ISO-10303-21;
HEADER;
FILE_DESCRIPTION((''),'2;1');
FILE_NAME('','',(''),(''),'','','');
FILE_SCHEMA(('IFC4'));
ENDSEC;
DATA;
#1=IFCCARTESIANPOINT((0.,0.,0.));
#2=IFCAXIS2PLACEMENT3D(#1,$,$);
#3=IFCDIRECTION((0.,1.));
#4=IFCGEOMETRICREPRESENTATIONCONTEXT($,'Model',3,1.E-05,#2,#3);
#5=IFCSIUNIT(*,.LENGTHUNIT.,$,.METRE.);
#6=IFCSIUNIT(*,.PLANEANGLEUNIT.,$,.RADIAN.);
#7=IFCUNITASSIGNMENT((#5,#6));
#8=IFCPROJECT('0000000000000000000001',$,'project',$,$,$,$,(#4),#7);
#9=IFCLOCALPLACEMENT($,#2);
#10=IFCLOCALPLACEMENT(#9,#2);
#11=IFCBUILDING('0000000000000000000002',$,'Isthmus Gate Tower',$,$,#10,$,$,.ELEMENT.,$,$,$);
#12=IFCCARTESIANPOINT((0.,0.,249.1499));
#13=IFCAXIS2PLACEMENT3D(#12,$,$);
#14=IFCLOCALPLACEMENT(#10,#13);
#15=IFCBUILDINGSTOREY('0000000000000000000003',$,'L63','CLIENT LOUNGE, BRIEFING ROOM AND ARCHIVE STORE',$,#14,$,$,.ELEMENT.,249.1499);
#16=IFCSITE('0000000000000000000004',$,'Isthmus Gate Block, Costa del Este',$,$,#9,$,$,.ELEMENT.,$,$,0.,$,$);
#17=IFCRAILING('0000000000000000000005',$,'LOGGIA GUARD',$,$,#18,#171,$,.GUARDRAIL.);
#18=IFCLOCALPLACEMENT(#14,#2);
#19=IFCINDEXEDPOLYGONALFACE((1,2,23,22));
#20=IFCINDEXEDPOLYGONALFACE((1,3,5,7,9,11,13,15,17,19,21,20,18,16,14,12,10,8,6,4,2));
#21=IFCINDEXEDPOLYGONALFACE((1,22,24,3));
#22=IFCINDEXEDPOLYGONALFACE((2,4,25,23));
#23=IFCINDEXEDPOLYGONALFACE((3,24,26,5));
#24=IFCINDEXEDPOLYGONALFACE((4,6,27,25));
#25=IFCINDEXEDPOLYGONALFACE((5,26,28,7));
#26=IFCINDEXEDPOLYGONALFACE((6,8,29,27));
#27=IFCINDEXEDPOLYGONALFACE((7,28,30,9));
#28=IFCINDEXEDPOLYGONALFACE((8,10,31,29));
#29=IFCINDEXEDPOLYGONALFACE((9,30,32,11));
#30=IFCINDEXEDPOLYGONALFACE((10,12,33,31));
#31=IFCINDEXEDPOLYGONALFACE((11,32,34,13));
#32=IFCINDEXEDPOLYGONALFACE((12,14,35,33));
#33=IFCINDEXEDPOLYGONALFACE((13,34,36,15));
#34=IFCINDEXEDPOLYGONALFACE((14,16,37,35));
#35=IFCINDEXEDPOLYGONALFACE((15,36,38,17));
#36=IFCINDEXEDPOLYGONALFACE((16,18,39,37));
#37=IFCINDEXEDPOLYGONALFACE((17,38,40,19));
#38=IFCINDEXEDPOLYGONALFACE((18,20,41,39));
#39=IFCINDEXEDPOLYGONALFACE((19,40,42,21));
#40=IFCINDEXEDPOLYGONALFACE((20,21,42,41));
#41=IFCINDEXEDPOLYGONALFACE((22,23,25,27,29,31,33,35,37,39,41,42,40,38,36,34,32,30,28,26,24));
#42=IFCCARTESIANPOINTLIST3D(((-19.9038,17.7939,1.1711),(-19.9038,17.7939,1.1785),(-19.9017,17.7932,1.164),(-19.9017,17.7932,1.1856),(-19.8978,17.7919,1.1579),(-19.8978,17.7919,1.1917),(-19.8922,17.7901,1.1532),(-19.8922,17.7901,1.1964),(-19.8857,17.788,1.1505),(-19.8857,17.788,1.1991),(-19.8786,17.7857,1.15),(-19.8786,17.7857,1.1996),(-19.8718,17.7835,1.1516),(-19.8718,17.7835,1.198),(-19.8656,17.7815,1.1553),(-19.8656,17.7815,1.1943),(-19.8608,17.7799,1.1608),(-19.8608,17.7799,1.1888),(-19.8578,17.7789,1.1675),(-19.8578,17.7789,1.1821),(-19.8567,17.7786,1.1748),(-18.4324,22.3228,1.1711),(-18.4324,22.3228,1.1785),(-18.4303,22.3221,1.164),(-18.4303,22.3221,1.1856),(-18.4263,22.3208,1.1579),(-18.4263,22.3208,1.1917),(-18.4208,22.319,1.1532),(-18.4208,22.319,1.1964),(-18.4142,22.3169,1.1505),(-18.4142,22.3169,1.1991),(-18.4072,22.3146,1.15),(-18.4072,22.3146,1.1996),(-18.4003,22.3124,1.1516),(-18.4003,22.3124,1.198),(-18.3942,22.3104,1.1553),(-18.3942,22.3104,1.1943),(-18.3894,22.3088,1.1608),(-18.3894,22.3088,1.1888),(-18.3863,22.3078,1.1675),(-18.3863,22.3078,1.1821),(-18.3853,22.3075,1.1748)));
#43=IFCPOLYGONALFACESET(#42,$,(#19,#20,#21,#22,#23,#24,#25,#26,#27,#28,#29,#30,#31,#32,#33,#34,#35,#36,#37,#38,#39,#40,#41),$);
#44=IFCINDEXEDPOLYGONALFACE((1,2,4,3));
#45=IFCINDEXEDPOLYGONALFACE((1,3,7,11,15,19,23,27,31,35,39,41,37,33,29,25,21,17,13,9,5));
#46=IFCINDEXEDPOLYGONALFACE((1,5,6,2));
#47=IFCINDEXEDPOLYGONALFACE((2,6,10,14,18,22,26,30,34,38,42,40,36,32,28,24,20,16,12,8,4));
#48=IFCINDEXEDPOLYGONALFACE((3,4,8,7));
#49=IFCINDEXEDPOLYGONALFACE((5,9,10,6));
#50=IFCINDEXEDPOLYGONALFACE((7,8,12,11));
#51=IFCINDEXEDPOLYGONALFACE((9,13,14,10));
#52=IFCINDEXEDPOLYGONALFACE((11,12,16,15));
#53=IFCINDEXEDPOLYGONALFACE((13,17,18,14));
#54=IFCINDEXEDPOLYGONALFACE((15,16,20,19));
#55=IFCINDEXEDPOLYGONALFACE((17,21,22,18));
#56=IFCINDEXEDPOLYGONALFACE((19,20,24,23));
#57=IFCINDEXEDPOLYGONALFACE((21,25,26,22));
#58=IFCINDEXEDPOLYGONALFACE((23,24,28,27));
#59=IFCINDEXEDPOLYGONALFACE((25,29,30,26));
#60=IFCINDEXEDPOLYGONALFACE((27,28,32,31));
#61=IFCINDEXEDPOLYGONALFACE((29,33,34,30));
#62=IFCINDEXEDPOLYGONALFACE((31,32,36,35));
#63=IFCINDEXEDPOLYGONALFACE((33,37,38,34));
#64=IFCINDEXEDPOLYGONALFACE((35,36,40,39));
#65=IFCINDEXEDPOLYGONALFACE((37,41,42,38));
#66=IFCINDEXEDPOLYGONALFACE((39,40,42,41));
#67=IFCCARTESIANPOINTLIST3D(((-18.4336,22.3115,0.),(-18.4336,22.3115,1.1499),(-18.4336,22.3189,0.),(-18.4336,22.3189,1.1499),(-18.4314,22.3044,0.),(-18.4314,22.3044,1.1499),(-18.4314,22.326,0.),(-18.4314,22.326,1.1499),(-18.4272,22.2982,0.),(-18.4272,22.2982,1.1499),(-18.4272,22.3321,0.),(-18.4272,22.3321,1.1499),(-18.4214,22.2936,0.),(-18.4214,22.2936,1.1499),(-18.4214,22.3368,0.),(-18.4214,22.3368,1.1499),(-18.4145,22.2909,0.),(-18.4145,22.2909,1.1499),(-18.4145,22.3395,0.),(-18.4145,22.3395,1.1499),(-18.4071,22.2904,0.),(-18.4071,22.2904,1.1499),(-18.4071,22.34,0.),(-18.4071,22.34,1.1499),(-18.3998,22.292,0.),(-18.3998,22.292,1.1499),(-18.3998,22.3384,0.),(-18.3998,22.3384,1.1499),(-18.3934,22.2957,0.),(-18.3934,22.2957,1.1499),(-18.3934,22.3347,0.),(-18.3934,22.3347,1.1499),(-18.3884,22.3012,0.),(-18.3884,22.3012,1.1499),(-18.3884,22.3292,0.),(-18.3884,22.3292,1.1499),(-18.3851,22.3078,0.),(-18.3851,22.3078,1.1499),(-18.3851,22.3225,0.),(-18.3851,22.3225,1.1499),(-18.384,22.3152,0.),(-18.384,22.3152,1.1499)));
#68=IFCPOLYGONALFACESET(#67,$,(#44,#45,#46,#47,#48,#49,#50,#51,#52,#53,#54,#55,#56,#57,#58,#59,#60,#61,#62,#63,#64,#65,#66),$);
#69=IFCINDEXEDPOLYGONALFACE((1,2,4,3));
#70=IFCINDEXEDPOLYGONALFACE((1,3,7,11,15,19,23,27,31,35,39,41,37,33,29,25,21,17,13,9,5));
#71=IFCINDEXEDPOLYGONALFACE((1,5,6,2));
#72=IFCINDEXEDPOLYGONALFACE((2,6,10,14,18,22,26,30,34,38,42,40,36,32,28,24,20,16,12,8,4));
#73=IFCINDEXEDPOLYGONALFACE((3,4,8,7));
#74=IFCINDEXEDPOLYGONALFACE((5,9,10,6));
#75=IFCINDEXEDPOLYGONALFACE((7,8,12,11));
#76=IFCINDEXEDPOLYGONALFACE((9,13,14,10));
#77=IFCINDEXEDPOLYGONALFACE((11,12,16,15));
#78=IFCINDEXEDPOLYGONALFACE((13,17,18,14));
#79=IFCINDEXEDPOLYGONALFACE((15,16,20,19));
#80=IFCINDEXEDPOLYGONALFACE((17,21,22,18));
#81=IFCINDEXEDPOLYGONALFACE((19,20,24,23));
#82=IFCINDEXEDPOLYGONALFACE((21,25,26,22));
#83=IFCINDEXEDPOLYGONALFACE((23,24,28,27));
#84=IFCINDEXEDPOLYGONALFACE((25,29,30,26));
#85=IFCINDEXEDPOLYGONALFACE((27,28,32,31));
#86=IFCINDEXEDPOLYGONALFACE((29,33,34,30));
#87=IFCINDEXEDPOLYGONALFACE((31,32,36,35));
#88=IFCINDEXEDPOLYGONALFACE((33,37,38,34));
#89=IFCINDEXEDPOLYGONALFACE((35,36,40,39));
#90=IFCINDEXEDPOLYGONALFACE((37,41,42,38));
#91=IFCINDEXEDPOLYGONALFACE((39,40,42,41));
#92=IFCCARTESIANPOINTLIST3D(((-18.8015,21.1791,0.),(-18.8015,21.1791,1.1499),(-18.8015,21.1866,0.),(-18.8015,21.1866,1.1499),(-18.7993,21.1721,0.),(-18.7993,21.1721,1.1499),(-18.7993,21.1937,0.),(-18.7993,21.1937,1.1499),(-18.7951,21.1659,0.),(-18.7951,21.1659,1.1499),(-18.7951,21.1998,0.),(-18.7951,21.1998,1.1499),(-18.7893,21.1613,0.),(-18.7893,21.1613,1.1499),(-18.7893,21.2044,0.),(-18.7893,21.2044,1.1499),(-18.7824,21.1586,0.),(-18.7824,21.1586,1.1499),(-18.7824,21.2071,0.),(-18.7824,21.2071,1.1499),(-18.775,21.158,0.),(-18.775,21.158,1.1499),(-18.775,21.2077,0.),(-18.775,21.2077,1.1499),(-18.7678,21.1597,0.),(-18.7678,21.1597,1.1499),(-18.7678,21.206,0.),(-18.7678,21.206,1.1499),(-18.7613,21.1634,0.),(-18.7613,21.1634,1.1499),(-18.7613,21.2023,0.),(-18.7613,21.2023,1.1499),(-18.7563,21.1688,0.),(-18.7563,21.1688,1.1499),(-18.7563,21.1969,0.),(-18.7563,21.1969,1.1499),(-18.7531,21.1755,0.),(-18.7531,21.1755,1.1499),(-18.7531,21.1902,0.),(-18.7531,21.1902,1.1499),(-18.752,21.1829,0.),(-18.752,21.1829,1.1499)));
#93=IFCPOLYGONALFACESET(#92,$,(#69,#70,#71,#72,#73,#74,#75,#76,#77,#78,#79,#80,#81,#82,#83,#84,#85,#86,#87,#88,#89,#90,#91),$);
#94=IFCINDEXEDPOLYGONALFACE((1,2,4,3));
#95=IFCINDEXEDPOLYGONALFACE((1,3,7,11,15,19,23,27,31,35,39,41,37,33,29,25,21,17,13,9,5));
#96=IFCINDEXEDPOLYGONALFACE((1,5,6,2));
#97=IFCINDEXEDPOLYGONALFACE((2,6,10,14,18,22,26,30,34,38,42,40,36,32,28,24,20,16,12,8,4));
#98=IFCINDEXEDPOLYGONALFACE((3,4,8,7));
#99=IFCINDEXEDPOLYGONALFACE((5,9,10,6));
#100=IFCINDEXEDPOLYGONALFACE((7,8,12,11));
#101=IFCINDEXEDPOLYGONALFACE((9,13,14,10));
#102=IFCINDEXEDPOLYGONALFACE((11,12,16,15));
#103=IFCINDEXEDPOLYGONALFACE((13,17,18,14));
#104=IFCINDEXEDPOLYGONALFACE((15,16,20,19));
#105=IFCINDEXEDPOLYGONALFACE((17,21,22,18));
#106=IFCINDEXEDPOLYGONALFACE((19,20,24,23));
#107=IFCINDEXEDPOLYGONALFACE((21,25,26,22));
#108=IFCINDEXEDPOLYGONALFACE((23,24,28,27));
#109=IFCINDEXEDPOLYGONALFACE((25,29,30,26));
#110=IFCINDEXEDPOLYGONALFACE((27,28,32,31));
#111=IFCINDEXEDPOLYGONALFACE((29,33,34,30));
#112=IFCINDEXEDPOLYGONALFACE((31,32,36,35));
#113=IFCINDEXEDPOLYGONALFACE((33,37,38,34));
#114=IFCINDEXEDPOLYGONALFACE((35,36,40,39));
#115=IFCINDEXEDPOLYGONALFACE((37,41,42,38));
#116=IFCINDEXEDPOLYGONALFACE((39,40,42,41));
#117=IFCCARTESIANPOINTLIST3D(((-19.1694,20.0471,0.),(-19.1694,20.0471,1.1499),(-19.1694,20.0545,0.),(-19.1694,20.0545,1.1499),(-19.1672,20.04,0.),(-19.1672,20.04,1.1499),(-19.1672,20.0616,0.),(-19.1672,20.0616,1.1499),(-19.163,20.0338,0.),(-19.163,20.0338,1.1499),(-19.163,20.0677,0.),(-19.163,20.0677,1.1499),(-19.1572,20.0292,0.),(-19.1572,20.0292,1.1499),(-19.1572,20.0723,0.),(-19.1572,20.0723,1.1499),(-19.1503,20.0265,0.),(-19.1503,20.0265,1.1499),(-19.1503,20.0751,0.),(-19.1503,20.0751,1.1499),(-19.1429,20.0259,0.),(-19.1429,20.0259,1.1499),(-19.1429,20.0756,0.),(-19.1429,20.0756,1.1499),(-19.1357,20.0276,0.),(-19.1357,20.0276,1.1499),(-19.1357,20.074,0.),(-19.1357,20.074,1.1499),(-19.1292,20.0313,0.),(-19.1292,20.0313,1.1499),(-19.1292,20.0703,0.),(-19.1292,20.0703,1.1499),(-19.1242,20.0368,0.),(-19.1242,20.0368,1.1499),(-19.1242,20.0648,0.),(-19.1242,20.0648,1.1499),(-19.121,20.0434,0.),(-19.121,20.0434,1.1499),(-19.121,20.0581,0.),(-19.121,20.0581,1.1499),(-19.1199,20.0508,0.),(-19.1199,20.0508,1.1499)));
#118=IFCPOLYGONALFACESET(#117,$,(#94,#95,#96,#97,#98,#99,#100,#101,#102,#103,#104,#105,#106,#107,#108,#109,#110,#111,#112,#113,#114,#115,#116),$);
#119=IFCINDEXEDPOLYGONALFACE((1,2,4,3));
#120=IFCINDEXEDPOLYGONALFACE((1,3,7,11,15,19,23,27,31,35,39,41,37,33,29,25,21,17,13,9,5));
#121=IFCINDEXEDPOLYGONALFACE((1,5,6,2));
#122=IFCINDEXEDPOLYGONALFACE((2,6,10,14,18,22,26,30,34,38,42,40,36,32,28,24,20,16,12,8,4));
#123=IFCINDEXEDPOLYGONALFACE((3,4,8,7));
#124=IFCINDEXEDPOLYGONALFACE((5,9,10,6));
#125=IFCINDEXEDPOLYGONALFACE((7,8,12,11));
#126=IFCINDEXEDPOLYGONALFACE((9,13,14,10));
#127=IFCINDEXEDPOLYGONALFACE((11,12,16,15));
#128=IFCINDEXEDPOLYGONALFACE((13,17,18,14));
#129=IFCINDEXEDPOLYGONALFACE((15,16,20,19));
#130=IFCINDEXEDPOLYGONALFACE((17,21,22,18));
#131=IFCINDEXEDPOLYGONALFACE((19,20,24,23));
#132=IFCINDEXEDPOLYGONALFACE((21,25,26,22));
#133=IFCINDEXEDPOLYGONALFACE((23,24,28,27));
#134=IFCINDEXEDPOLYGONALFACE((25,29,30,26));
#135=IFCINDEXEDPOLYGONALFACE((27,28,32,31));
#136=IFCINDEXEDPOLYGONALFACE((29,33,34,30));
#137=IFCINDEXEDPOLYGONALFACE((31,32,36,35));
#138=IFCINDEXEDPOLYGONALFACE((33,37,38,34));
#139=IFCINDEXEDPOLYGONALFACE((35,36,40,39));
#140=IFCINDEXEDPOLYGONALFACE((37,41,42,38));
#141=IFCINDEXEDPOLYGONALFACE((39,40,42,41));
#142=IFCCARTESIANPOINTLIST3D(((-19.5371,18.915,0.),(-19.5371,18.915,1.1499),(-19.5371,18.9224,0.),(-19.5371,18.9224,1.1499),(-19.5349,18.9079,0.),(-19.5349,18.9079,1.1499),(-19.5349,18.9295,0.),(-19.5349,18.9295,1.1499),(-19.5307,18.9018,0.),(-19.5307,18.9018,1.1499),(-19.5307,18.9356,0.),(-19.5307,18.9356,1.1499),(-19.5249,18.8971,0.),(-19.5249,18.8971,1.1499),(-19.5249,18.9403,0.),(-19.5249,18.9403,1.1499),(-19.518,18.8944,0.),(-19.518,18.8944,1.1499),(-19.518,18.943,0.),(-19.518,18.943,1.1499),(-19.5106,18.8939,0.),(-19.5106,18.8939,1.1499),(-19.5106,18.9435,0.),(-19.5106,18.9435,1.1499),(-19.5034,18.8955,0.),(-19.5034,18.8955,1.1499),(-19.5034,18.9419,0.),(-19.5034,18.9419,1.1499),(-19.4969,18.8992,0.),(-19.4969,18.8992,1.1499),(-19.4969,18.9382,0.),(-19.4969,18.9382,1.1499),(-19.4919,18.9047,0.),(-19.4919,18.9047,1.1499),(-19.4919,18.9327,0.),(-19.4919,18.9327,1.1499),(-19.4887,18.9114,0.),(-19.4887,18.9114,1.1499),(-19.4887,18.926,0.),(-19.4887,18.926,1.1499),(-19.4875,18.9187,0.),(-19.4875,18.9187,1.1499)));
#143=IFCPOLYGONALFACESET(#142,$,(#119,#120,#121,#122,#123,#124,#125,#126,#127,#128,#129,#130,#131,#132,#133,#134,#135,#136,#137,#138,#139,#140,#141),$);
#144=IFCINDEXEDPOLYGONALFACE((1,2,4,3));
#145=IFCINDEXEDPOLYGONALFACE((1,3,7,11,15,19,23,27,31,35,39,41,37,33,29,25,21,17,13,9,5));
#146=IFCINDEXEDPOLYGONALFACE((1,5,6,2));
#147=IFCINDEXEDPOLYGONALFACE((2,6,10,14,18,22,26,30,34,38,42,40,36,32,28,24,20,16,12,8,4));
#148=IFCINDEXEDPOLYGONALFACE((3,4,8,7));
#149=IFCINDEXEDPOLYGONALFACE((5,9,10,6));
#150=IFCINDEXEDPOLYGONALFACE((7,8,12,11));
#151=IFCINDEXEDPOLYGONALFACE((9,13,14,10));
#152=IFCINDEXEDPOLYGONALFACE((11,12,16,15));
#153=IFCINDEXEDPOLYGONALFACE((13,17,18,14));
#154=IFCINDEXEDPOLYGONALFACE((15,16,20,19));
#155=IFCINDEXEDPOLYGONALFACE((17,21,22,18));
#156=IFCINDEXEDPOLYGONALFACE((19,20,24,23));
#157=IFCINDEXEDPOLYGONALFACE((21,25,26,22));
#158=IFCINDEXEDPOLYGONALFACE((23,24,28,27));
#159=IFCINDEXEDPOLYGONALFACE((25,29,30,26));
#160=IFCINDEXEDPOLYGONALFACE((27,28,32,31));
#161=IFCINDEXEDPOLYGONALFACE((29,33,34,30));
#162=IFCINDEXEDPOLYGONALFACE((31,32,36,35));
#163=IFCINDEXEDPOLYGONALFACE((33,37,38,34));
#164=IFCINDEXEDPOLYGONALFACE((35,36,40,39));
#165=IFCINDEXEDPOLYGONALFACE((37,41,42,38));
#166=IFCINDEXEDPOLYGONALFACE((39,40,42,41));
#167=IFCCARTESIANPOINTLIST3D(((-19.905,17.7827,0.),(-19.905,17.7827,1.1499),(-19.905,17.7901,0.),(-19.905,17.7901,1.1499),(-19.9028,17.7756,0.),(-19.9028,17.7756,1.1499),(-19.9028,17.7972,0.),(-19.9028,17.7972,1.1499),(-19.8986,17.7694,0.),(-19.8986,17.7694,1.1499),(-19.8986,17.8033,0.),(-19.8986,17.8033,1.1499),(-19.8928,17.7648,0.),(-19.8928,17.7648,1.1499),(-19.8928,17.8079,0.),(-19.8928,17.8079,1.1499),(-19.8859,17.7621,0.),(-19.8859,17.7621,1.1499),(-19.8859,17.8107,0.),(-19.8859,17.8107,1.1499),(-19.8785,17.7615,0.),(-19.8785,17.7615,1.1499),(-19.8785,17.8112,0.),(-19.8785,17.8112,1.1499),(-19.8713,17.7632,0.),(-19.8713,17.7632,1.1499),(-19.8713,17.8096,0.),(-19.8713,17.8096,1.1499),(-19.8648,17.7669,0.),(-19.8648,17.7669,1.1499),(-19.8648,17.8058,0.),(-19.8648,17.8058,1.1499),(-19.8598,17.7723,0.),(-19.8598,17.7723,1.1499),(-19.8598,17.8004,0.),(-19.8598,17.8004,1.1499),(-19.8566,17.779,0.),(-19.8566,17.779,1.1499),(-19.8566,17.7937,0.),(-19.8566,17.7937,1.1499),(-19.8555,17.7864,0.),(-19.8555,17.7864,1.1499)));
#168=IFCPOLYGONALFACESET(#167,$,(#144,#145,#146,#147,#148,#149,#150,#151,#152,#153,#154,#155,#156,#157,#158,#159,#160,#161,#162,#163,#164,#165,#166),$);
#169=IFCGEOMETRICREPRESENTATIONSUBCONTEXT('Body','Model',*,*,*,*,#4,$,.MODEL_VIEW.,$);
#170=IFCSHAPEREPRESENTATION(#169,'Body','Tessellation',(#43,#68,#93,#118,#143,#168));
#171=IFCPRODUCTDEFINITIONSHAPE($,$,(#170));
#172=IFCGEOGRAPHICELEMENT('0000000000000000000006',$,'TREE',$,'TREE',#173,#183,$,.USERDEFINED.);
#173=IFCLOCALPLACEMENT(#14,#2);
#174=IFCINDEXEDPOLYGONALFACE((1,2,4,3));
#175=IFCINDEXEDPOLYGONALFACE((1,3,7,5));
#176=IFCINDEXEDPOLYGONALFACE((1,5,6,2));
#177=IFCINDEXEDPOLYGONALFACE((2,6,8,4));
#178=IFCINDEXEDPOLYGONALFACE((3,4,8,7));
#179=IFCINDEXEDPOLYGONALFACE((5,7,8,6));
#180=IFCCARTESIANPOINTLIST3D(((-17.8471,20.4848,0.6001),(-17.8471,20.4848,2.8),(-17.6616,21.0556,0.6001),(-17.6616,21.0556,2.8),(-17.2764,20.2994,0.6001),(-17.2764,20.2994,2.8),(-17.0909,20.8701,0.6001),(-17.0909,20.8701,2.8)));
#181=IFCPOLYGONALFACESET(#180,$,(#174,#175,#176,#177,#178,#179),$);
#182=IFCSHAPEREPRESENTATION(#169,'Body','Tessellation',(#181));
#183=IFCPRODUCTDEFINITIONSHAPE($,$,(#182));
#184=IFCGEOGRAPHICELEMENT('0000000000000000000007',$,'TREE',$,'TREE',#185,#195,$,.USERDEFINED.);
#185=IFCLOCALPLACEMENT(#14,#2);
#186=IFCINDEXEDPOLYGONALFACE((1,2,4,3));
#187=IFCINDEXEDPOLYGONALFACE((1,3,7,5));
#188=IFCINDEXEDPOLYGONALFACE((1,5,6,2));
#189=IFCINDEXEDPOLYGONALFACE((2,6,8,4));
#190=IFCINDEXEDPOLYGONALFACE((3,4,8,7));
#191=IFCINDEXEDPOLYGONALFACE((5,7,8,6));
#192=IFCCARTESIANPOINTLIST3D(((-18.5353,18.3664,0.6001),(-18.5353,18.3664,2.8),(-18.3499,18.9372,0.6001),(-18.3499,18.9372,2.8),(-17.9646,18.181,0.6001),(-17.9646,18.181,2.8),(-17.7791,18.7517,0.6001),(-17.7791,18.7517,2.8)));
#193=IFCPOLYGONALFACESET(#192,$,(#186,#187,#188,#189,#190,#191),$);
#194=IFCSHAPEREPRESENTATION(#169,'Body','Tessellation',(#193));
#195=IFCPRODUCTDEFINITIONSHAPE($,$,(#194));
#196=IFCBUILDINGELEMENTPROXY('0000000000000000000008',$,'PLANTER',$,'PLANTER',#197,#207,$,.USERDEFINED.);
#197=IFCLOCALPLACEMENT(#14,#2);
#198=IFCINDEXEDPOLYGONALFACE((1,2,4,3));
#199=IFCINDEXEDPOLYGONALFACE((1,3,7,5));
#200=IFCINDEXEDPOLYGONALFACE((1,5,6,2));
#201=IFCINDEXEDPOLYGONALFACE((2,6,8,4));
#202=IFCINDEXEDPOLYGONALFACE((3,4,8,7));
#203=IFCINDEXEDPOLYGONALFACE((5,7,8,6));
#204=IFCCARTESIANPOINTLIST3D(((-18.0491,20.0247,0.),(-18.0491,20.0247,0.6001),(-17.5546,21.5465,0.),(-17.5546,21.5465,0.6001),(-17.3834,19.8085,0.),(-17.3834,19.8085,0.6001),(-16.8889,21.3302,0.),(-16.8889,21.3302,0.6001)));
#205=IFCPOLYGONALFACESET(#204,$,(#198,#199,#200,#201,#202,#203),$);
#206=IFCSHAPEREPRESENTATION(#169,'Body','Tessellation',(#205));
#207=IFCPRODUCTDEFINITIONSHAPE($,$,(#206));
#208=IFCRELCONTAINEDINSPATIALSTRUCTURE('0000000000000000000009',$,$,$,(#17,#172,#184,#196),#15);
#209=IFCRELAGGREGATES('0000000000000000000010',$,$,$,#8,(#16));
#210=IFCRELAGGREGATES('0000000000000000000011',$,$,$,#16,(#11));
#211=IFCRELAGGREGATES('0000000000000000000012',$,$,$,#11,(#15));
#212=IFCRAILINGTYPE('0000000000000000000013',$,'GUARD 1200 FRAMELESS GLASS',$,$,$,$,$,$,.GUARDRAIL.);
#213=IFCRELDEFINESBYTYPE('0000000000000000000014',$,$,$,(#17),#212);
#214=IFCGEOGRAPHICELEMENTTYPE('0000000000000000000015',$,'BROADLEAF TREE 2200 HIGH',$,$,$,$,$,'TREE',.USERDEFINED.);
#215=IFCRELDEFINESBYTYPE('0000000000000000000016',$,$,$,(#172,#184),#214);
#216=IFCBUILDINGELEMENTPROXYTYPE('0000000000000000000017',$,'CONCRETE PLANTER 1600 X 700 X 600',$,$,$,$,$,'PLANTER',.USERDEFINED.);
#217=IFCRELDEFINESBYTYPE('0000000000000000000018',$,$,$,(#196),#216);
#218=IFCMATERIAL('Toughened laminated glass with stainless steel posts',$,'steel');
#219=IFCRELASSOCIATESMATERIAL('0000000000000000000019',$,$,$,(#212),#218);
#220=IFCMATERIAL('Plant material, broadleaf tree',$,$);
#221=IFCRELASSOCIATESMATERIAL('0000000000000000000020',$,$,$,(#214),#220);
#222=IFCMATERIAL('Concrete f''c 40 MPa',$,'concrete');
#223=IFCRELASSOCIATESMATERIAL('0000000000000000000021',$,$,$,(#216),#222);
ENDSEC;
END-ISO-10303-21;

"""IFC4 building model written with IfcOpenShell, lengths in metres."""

from ifc_helpers import new_model, si_unit, direction, frame, origin, origin_2d, place, context, subcontext, project, spatial, rectangle, circle, extrude, material, type_object, element, save


model = new_model("IFC4")

# Units and contexts
model_context = context("Model", 3, precision=1e-05, world=origin(), true_north=direction((0.0, 1.0)))
body_context = subcontext(model_context, "Body", "Model", "MODEL_VIEW")
ifc_project = project(units=[si_unit("LENGTHUNIT", "METRE"), si_unit("PLANEANGLEUNIT", "RADIAN")], contexts=[model_context])

# Site, building, storey
site_placement = place(None, origin())
site = spatial("IfcSite", under=ifc_project, at=site_placement, Name="Isthmus Gate Block, Costa del Este", CompositionType="ELEMENT", RefElevation=0.0)
building_placement = place(site_placement, origin())
building = spatial("IfcBuilding", under=site, at=building_placement, Name="Isthmus Gate Tower", CompositionType="ELEMENT")
storey_placement = place(building_placement, frame((0.0, 0.0, 249.1499)))
storey = spatial("IfcBuildingStorey", under=building, at=storey_placement, Name="L63", Description="CLIENT LOUNGE, BRIEFING ROOM AND ARCHIVE STORE", CompositionType="ELEMENT", Elevation=249.1499)

# Railing
ifc_material_1 = material(Name="Toughened laminated glass with stainless steel posts", Category="steel")
railing_type = type_object("IfcRailingType", Name="GUARD 1200 FRAMELESS GLASS", PredefinedType="GUARDRAIL", material=ifc_material_1)
railing_placement = place(storey_placement, frame((-18.4089, 22.3152, 0.0)))
element("IfcRailing", 1, at=railing_placement, inside=storey, type_object=railing_type, Name="LOGGIA GUARD", PredefinedType="GUARDRAIL", context=body_context, shape_type="SweptSolid", body=[
    extrude(circle(Radius=0.0249, at=origin_2d()), frame((0.0, 0.0, 1.1748), z_axis=(-0.309005, -0.95106, 0.0), x_axis=(0.95106, -0.309005, 0.0)), (0.0, 0.0, 1.0), 4.762),
    extrude(circle(Radius=0.0249, at=origin_2d()), origin(), (0.0, 0.0, 1.0), 1.1499),
    extrude(circle(Radius=0.0249, at=origin_2d()), frame((-0.3679, -1.1323, 0.0)), (0.0, 0.0, 1.0), 1.1499),
    extrude(circle(Radius=0.0249, at=origin_2d()), frame((-0.7358, -2.2644, 0.0)), (0.0, 0.0, 1.0), 1.1499),
    extrude(circle(Radius=0.0249, at=origin_2d()), frame((-1.1035, -3.3965, 0.0)), (0.0, 0.0, 1.0), 1.1499),
    extrude(circle(Radius=0.0249, at=origin_2d()), frame((-1.4714, -4.5288, 0.0)), (0.0, 0.0, 1.0), 1.1499),
])

# Geographic elements
ifc_material_2 = material(Name="Plant material, broadleaf tree")
geographic_element_type = type_object("IfcGeographicElementType", Name="BROADLEAF TREE 2200 HIGH", ElementType="TREE", PredefinedType="USERDEFINED", material=ifc_material_2)
for number, where, z_axis, x_axis, name in (
    (2, (-17.469, 20.6775, 0.6001), (0.0, 0.0, 1.0), (-0.309017, -0.951057, 0.0), "TREE"),
    (3, (-18.1572, 18.5591, 0.6001), (0.0, 0.0, 1.0), (-0.309017, -0.951057, 0.0), "TREE"),
):
    element("IfcGeographicElement", number, at=place(storey_placement, frame(where, z_axis=z_axis, x_axis=x_axis)), inside=storey, type_object=geographic_element_type, Name=name, ObjectType="TREE", PredefinedType="USERDEFINED", context=body_context, shape_type="SweptSolid", body=[
        extrude(rectangle(XDim=0.6001, YDim=0.6001, at=origin_2d()), origin(), (0.0, 0.0, 1.0), 2.2),
    ])

# Building element proxy
ifc_material_3 = material(Name="Concrete f'c 40 MPa", Category="concrete")
building_element_proxy_type = type_object("IfcBuildingElementProxyType", Name="CONCRETE PLANTER 1600 X 700 X 600", ElementType="PLANTER", PredefinedType="USERDEFINED", material=ifc_material_3)
for number, where, z_axis, x_axis, name in (
    (4, (-17.469, 20.6775, 0.0), (0.0, 0.0, 1.0), (-0.309017, -0.951057, 0.0), "PLANTER"),
):
    element("IfcBuildingElementProxy", number, at=place(storey_placement, frame(where, z_axis=z_axis, x_axis=x_axis)), inside=storey, type_object=building_element_proxy_type, Name=name, ObjectType="PLANTER", PredefinedType="USERDEFINED", context=body_context, shape_type="SweptSolid", body=[
        extrude(rectangle(XDim=1.6001, YDim=0.7, at=origin_2d()), origin(), (0.0, 0.0, 1.0), 0.6001),
    ])

save(model, "model.ifc")
